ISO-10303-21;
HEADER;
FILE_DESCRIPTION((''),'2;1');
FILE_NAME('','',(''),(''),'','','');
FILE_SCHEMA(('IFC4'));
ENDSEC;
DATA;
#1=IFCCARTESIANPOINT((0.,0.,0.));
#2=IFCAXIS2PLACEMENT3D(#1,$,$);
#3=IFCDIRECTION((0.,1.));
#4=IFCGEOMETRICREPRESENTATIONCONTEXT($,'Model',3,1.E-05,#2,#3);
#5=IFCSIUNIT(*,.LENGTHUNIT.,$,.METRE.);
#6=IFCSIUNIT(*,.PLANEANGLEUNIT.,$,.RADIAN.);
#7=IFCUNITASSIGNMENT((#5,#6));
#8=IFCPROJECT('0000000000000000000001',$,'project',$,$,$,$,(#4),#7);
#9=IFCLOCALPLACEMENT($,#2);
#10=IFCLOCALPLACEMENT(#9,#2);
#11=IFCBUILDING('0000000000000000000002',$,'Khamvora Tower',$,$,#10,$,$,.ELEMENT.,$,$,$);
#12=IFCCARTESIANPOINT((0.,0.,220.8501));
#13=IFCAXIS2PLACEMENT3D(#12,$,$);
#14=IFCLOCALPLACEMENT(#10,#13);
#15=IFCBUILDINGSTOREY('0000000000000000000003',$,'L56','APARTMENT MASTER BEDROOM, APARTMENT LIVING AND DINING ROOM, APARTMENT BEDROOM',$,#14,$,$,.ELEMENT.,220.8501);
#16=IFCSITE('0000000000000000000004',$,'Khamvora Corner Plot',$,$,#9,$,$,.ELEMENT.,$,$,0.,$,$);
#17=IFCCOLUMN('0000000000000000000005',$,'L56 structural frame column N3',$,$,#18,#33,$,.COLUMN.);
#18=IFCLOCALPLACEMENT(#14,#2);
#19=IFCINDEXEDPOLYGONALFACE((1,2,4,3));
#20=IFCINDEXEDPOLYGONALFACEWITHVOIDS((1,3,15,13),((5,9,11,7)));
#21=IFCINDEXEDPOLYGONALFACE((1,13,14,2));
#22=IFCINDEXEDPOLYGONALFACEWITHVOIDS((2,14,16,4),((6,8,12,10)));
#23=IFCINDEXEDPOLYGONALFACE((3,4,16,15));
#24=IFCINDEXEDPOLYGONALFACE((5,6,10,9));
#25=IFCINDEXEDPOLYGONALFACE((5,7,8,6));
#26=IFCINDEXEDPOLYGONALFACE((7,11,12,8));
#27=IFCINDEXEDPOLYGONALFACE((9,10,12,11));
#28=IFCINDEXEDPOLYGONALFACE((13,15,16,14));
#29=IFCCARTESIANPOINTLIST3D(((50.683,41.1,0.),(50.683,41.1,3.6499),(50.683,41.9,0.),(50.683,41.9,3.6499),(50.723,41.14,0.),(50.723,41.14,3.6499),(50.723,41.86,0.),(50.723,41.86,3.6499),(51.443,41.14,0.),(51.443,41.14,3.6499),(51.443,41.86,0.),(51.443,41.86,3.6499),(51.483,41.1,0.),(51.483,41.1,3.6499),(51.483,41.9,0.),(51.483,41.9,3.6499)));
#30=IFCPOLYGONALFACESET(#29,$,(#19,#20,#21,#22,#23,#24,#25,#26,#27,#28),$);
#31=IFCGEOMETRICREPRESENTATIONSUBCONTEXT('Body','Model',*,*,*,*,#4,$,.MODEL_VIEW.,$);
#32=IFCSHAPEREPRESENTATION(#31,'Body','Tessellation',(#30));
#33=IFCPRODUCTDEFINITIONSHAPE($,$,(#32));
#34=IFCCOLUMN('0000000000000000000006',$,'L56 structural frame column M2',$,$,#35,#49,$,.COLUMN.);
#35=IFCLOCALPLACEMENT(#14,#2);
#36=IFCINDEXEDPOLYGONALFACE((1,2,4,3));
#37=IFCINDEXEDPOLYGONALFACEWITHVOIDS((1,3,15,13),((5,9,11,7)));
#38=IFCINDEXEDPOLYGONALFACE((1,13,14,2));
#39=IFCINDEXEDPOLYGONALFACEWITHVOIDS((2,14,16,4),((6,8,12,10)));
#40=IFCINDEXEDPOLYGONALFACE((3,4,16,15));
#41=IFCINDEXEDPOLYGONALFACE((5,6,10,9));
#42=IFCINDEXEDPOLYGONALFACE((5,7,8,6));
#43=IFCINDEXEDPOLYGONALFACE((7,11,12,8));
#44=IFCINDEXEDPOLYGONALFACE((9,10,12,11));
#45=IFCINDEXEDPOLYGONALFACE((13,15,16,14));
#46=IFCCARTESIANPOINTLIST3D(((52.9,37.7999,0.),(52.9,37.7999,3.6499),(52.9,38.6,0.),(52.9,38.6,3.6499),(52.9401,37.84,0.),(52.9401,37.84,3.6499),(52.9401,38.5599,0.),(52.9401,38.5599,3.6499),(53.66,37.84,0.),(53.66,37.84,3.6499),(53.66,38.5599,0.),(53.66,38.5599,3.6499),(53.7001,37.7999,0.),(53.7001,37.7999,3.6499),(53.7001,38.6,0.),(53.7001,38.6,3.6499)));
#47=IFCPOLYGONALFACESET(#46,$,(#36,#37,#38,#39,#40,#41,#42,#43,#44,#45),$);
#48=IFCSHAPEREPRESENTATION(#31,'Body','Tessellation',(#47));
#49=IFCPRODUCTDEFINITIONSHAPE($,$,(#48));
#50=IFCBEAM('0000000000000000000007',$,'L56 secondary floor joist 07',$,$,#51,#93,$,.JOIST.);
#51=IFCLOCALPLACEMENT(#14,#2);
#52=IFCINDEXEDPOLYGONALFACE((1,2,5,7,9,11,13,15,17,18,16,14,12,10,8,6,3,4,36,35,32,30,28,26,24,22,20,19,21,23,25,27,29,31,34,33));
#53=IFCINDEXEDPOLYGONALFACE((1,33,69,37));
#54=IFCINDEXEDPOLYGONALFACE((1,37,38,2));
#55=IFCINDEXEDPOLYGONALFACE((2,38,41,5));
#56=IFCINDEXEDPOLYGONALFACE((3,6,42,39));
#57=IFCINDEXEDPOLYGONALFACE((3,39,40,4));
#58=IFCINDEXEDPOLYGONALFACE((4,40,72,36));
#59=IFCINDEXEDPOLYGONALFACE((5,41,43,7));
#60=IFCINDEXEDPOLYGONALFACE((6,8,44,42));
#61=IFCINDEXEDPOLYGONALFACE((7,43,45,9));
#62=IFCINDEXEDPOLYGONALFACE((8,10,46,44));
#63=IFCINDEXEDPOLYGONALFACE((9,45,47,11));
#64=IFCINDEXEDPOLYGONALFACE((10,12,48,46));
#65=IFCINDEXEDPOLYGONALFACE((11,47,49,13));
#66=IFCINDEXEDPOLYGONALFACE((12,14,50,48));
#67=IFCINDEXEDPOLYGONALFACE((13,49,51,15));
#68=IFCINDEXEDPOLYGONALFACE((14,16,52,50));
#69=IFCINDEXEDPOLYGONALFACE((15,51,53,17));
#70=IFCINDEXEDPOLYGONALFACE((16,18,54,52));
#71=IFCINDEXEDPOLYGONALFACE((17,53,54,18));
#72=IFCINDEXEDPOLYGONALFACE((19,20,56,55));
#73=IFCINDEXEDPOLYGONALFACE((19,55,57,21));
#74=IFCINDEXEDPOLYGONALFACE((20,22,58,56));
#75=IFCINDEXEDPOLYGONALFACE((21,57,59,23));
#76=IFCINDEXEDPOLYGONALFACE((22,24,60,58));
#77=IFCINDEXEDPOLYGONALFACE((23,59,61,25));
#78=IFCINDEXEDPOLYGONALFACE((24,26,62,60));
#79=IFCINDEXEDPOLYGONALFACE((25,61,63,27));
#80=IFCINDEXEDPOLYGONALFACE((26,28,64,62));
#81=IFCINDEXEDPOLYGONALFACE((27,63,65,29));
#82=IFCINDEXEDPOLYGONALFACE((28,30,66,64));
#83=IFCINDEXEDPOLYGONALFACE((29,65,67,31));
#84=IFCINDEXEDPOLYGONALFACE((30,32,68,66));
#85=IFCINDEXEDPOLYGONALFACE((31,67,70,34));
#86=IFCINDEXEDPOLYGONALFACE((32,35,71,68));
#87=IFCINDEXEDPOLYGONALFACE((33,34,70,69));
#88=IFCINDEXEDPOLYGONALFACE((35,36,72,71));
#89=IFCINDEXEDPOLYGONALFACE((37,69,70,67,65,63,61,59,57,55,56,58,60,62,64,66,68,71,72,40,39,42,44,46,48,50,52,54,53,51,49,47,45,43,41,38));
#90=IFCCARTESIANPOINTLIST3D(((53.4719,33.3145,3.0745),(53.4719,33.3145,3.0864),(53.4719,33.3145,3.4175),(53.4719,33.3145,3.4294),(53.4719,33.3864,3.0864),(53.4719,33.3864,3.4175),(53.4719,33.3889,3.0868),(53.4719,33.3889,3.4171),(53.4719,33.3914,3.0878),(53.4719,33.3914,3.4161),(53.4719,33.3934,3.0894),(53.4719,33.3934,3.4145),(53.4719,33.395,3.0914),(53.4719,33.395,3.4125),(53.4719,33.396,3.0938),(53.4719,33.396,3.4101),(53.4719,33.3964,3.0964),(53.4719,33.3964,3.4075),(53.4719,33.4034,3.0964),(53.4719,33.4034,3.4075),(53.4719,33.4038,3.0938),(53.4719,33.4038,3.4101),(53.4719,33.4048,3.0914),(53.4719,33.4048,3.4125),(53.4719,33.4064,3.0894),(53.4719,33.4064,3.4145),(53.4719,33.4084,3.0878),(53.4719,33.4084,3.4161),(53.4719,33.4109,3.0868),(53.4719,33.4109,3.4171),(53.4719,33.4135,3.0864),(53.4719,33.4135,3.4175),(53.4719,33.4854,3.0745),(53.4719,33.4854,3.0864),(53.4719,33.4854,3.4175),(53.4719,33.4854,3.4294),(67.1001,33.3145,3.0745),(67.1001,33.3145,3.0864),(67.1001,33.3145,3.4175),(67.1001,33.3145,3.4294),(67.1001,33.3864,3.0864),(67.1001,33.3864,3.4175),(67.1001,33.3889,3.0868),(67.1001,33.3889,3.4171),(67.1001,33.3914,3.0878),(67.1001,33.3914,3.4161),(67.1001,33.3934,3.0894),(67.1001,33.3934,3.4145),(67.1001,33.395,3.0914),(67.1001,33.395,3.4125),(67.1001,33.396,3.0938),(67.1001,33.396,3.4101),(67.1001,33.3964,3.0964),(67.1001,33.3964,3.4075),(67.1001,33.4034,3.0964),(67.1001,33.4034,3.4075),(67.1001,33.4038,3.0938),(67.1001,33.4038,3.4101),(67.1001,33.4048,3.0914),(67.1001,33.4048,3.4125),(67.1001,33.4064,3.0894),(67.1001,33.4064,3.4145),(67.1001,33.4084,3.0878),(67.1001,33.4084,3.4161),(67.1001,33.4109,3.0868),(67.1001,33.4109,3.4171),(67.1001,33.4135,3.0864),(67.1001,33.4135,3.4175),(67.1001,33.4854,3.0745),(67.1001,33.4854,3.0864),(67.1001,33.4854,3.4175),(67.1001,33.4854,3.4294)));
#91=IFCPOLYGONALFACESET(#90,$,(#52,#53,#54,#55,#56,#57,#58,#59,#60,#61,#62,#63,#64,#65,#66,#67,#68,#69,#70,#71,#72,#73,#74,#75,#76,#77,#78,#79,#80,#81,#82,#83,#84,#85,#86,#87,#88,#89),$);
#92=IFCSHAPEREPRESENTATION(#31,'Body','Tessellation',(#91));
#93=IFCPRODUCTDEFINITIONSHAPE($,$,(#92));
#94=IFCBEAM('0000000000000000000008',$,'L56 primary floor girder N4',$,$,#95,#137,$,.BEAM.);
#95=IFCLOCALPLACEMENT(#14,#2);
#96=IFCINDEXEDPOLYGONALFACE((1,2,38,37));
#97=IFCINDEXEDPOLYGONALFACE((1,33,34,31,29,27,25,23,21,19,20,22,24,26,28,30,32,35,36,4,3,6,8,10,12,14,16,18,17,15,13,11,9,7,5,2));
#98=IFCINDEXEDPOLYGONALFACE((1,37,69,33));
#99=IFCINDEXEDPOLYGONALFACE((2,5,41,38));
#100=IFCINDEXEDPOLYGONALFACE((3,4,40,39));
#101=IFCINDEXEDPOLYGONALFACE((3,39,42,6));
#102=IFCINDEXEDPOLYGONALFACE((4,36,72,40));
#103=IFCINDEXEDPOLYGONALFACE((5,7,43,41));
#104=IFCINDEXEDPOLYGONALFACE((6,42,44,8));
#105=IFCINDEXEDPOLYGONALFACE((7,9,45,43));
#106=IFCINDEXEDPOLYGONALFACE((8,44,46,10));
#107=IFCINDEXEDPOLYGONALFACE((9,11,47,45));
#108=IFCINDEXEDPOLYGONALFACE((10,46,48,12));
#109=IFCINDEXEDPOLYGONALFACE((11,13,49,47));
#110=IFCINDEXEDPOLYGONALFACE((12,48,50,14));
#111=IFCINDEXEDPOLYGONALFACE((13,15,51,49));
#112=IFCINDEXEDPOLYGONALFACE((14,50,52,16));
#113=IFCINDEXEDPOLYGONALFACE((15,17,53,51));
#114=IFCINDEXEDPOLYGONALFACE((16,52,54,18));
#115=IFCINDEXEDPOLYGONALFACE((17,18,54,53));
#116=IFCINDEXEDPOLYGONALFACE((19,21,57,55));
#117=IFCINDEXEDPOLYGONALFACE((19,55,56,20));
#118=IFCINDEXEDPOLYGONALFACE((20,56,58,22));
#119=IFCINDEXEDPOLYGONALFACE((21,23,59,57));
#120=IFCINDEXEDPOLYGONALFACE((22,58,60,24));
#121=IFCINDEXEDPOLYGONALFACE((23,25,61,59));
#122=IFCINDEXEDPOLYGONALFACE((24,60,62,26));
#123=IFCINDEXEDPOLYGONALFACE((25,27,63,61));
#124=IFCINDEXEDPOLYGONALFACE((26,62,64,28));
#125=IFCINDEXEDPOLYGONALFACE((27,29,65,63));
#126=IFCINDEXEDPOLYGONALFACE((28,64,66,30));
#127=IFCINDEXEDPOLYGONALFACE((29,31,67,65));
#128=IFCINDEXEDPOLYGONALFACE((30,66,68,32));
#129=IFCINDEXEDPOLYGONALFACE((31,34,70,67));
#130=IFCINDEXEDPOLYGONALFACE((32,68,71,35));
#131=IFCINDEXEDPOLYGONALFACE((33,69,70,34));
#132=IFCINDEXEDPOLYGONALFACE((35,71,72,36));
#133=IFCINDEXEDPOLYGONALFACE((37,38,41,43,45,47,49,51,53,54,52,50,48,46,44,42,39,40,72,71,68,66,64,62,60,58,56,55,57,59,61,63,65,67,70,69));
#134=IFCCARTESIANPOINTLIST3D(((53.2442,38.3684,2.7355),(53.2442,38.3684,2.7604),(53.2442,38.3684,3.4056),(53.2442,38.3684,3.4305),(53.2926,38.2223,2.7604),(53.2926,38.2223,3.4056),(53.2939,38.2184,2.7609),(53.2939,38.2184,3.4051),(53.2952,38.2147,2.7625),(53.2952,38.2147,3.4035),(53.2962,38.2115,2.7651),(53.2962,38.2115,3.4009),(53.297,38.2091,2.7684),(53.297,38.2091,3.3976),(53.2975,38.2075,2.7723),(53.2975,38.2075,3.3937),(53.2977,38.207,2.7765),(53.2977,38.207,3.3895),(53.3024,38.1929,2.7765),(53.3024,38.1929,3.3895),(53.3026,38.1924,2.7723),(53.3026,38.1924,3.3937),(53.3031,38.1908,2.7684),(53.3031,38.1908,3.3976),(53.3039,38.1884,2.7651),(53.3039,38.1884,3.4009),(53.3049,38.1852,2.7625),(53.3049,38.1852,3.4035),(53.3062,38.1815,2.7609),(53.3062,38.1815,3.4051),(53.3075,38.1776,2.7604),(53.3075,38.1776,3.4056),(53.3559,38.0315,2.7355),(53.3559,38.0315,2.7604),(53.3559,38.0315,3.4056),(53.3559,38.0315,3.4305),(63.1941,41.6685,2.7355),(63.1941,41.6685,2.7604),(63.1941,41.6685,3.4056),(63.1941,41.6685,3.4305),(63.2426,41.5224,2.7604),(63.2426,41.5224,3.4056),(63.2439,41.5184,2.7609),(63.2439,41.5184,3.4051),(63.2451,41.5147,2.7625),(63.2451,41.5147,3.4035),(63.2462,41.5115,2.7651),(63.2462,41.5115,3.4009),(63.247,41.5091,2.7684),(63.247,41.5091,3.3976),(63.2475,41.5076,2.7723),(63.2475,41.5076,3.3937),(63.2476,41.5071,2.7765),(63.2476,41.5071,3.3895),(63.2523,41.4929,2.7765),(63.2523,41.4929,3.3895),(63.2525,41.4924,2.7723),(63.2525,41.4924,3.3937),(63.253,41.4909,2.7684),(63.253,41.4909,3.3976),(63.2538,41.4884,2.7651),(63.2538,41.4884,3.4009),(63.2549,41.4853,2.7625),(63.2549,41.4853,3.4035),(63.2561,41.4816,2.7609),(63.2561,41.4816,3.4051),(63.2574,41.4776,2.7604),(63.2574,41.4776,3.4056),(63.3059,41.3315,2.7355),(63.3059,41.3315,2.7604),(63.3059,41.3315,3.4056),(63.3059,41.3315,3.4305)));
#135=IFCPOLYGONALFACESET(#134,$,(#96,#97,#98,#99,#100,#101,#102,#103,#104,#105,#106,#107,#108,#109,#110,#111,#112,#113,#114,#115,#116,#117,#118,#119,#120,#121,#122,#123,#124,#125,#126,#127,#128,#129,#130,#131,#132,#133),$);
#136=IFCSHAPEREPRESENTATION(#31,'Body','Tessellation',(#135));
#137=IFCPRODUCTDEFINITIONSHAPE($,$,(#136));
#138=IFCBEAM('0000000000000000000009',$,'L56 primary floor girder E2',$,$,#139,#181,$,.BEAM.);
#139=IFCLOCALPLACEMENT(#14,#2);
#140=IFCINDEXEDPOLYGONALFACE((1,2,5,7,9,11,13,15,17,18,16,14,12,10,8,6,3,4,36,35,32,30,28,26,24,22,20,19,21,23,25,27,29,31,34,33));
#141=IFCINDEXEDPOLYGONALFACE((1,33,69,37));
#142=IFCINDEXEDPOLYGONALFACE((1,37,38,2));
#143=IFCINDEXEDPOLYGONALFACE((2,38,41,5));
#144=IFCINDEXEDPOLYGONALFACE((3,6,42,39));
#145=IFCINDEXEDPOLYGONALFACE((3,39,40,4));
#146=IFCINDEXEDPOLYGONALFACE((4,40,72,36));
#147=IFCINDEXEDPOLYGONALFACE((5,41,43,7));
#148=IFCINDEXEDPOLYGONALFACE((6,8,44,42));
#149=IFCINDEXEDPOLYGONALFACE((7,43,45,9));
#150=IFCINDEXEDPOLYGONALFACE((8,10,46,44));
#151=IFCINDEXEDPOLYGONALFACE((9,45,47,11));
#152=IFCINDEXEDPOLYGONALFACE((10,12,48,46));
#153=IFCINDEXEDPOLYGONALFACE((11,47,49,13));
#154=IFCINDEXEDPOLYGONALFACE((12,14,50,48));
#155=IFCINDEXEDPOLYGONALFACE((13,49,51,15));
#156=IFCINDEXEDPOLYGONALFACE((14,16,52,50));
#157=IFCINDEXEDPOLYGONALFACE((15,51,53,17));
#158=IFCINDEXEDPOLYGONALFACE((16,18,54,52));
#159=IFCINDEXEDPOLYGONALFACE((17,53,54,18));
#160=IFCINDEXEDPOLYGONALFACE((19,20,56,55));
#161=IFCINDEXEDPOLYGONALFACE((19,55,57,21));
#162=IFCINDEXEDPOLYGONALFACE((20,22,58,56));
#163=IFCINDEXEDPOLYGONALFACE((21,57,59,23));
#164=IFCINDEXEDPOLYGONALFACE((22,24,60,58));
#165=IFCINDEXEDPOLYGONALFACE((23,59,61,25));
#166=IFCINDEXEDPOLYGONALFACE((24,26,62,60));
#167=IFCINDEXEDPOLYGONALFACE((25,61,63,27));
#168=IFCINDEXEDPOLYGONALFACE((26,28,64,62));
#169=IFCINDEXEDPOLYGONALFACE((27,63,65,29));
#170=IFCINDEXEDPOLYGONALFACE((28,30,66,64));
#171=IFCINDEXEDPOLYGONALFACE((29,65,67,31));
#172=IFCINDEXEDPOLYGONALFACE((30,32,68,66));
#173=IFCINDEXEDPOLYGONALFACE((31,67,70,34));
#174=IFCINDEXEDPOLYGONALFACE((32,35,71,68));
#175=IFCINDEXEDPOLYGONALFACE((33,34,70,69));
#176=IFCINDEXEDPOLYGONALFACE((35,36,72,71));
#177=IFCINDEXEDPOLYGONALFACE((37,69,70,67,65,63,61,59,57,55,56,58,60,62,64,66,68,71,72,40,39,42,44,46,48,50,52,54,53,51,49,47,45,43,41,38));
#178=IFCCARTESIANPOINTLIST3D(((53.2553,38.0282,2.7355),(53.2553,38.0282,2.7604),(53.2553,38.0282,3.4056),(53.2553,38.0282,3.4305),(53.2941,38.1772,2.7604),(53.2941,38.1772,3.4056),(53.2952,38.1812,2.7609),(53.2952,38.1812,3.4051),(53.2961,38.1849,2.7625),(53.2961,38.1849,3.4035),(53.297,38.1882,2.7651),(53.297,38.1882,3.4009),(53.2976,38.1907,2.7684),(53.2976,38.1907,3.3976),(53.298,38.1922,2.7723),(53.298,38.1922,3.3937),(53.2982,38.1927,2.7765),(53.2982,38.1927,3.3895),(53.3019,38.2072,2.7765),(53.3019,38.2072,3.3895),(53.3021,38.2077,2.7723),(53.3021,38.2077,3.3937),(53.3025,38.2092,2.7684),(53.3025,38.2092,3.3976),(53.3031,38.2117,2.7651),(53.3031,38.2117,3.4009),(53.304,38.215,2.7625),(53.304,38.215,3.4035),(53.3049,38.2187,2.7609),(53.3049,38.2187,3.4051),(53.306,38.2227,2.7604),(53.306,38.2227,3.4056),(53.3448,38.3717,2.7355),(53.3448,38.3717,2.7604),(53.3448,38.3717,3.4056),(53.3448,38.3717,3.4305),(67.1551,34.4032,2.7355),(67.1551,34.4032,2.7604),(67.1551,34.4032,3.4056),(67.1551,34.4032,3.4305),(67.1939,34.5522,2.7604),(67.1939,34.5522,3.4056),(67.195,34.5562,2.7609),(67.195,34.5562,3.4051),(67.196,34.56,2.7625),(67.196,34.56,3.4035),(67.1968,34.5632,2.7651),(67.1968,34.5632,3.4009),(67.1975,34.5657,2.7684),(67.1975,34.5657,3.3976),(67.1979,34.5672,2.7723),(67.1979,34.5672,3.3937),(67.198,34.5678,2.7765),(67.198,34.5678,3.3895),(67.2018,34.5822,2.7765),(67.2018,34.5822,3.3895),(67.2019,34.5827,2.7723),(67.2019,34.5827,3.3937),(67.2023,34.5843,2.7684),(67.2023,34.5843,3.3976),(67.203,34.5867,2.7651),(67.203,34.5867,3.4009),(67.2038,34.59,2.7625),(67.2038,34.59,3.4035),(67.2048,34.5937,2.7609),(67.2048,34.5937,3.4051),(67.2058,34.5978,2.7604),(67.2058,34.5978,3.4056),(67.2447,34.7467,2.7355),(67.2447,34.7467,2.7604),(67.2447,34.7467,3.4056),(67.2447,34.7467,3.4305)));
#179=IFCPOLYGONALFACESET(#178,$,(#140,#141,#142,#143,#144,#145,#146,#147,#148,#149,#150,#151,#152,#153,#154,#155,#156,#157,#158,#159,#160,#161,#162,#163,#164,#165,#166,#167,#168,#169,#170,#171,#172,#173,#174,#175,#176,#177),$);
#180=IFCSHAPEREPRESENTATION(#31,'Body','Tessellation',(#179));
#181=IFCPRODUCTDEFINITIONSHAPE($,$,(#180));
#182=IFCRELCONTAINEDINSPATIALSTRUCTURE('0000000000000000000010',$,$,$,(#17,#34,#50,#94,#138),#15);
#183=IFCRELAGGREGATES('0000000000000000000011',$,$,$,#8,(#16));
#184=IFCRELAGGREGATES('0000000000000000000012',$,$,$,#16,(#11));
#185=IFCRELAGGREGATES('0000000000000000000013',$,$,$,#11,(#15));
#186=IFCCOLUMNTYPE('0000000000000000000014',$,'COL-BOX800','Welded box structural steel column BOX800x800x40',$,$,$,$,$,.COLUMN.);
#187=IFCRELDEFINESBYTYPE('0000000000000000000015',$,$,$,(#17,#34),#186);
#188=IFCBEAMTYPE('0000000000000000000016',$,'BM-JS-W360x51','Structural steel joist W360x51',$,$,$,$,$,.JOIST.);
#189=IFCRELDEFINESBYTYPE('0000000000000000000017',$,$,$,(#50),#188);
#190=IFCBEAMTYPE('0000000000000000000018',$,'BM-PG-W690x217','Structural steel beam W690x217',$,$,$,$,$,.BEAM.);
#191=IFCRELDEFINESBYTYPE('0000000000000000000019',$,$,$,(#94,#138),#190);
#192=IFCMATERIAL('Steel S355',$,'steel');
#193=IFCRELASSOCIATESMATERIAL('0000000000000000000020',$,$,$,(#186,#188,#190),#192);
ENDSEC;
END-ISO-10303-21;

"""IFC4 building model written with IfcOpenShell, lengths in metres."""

from ifc_helpers import new_model, si_unit, direction, frame, origin, origin_2d, place, context, subcontext, project, spatial, hollow_rectangle, i_section, extrude, material, material_profile, profile_set, type_object, element, save


model = new_model("IFC4")

# Units and contexts
model_context = context("Model", 3, precision=1e-05, world=origin(), true_north=direction((0.0, 1.0)))
body_context = subcontext(model_context, "Body", "Model", "MODEL_VIEW")
ifc_project = project(units=[si_unit("LENGTHUNIT", "METRE"), si_unit("PLANEANGLEUNIT", "RADIAN")], contexts=[model_context])

# Site, building, storey
site_placement = place(None, origin())
site = spatial("IfcSite", under=ifc_project, at=site_placement, Name="Khamvora Corner Plot", CompositionType="ELEMENT", RefElevation=0.0)
building_placement = place(site_placement, origin())
building = spatial("IfcBuilding", under=site, at=building_placement, Name="Khamvora Tower", CompositionType="ELEMENT")
storey_placement = place(building_placement, frame((0.0, 0.0, 220.8501)))
storey = spatial("IfcBuildingStorey", under=building, at=storey_placement, Name="L56", Description="APARTMENT MASTER BEDROOM, APARTMENT LIVING AND DINING ROOM, APARTMENT BEDROOM", CompositionType="ELEMENT", Elevation=220.8501)

# Columns
ifc_material_1 = material(Name="Steel S355", Category="steel")
ifc_material_profile_1 = material_profile(ifc_material_1, hollow_rectangle(XDim=0.8, YDim=0.8, WallThickness=0.04, at=origin_2d()), Name="BOX800x800x40")
ifc_profile_set_1 = profile_set([ifc_material_profile_1], Name="Steel S355")
column_type = type_object("IfcColumnType", Name="COL-BOX800", Description="Welded box structural steel column BOX800x800x40", PredefinedType="COLUMN", material=ifc_profile_set_1)
for number, where, z_axis, x_axis, name in (
    (1, (51.083, 41.5, 0.0), (0.0, 0.0, 1.0), (1.0, 0.0, 0.0), "L56 structural frame column N3"),
    (2, (53.3, 38.2, 0.0), (0.0, 0.0, 1.0), (1.0, 0.0, 0.0), "L56 structural frame column M2"),
):
    element("IfcColumn", number, at=place(storey_placement, frame(where, z_axis=z_axis, x_axis=x_axis)), inside=storey, type_object=column_type, Name=name, PredefinedType="COLUMN", context=body_context, shape_type="SweptSolid", body=[
        extrude(hollow_rectangle(XDim=0.8, YDim=0.8, WallThickness=0.04, at=origin_2d()), origin(), (0.0, 0.0, 1.0), 3.6499),
    ])

# Beams
ifc_material_profile_2 = material_profile(ifc_material_1, i_section(OverallWidth=0.1709, OverallDepth=0.355, WebThickness=0.0071, FlangeThickness=0.012, FilletRadius=0.01, at=origin_2d()), Name="W360x51")
ifc_profile_set_2 = profile_set([ifc_material_profile_2], Name="Steel S355")
beam_type_1 = type_object("IfcBeamType", Name="BM-JS-W360x51", Description="Structural steel joist W360x51", PredefinedType="JOIST", material=ifc_profile_set_2)
beam_1_placement = place(storey_placement, frame((53.4719, 33.3999, 3.252), z_axis=(1.0, 0.0, 0.0), x_axis=(0.0, 1.0, 0.0)))
element("IfcBeam", 3, at=beam_1_placement, inside=storey, type_object=beam_type_1, Name="L56 secondary floor joist 07", PredefinedType="JOIST", context=body_context, shape_type="SweptSolid", body=[
    extrude(i_section(OverallWidth=0.1709, OverallDepth=0.355, WebThickness=0.0071, FlangeThickness=0.012, FilletRadius=0.01, at=origin_2d()), origin(), (0.0, 0.0, 1.0), 13.6282),
])
ifc_material_profile_3 = material_profile(ifc_material_1, i_section(OverallWidth=0.355, OverallDepth=0.6951, WebThickness=0.0149, FlangeThickness=0.0249, FilletRadius=0.0161, at=origin_2d()), Name="W690x217")
ifc_profile_set_3 = profile_set([ifc_material_profile_3], Name="Steel S355")
beam_type_2 = type_object("IfcBeamType", Name="BM-PG-W690x217", Description="Structural steel beam W690x217", PredefinedType="BEAM", material=ifc_profile_set_3)
beam_2_placement = place(storey_placement, frame((53.3, 38.2, 3.083), z_axis=(0.949157, 0.314802, 0.0), x_axis=(-0.314802, 0.949157, 0.0)))
element("IfcBeam", 4, at=beam_2_placement, inside=storey, type_object=beam_type_2, Name="L56 primary floor girder N4", PredefinedType="BEAM", context=body_context, shape_type="SweptSolid", body=[
    extrude(i_section(OverallWidth=0.355, OverallDepth=0.6951, WebThickness=0.0149, FlangeThickness=0.0249, FilletRadius=0.0161, at=origin_2d()), origin(), (0.0, 0.0, 1.0), 10.4829),
])
beam_3_placement = place(storey_placement, frame((53.3, 38.2, 3.083), z_axis=(0.967635, -0.252353, 0.0), x_axis=(0.252353, 0.967635, 0.0)))
element("IfcBeam", 5, at=beam_3_placement, inside=storey, type_object=beam_type_2, Name="L56 primary floor girder E2", PredefinedType="BEAM", context=body_context, shape_type="SweptSolid", body=[
    extrude(i_section(OverallWidth=0.355, OverallDepth=0.6951, WebThickness=0.0149, FlangeThickness=0.0249, FilletRadius=0.0161, at=origin_2d()), origin(), (0.0, 0.0, 1.0), 14.3647),
])

save(model, "model.ifc")
